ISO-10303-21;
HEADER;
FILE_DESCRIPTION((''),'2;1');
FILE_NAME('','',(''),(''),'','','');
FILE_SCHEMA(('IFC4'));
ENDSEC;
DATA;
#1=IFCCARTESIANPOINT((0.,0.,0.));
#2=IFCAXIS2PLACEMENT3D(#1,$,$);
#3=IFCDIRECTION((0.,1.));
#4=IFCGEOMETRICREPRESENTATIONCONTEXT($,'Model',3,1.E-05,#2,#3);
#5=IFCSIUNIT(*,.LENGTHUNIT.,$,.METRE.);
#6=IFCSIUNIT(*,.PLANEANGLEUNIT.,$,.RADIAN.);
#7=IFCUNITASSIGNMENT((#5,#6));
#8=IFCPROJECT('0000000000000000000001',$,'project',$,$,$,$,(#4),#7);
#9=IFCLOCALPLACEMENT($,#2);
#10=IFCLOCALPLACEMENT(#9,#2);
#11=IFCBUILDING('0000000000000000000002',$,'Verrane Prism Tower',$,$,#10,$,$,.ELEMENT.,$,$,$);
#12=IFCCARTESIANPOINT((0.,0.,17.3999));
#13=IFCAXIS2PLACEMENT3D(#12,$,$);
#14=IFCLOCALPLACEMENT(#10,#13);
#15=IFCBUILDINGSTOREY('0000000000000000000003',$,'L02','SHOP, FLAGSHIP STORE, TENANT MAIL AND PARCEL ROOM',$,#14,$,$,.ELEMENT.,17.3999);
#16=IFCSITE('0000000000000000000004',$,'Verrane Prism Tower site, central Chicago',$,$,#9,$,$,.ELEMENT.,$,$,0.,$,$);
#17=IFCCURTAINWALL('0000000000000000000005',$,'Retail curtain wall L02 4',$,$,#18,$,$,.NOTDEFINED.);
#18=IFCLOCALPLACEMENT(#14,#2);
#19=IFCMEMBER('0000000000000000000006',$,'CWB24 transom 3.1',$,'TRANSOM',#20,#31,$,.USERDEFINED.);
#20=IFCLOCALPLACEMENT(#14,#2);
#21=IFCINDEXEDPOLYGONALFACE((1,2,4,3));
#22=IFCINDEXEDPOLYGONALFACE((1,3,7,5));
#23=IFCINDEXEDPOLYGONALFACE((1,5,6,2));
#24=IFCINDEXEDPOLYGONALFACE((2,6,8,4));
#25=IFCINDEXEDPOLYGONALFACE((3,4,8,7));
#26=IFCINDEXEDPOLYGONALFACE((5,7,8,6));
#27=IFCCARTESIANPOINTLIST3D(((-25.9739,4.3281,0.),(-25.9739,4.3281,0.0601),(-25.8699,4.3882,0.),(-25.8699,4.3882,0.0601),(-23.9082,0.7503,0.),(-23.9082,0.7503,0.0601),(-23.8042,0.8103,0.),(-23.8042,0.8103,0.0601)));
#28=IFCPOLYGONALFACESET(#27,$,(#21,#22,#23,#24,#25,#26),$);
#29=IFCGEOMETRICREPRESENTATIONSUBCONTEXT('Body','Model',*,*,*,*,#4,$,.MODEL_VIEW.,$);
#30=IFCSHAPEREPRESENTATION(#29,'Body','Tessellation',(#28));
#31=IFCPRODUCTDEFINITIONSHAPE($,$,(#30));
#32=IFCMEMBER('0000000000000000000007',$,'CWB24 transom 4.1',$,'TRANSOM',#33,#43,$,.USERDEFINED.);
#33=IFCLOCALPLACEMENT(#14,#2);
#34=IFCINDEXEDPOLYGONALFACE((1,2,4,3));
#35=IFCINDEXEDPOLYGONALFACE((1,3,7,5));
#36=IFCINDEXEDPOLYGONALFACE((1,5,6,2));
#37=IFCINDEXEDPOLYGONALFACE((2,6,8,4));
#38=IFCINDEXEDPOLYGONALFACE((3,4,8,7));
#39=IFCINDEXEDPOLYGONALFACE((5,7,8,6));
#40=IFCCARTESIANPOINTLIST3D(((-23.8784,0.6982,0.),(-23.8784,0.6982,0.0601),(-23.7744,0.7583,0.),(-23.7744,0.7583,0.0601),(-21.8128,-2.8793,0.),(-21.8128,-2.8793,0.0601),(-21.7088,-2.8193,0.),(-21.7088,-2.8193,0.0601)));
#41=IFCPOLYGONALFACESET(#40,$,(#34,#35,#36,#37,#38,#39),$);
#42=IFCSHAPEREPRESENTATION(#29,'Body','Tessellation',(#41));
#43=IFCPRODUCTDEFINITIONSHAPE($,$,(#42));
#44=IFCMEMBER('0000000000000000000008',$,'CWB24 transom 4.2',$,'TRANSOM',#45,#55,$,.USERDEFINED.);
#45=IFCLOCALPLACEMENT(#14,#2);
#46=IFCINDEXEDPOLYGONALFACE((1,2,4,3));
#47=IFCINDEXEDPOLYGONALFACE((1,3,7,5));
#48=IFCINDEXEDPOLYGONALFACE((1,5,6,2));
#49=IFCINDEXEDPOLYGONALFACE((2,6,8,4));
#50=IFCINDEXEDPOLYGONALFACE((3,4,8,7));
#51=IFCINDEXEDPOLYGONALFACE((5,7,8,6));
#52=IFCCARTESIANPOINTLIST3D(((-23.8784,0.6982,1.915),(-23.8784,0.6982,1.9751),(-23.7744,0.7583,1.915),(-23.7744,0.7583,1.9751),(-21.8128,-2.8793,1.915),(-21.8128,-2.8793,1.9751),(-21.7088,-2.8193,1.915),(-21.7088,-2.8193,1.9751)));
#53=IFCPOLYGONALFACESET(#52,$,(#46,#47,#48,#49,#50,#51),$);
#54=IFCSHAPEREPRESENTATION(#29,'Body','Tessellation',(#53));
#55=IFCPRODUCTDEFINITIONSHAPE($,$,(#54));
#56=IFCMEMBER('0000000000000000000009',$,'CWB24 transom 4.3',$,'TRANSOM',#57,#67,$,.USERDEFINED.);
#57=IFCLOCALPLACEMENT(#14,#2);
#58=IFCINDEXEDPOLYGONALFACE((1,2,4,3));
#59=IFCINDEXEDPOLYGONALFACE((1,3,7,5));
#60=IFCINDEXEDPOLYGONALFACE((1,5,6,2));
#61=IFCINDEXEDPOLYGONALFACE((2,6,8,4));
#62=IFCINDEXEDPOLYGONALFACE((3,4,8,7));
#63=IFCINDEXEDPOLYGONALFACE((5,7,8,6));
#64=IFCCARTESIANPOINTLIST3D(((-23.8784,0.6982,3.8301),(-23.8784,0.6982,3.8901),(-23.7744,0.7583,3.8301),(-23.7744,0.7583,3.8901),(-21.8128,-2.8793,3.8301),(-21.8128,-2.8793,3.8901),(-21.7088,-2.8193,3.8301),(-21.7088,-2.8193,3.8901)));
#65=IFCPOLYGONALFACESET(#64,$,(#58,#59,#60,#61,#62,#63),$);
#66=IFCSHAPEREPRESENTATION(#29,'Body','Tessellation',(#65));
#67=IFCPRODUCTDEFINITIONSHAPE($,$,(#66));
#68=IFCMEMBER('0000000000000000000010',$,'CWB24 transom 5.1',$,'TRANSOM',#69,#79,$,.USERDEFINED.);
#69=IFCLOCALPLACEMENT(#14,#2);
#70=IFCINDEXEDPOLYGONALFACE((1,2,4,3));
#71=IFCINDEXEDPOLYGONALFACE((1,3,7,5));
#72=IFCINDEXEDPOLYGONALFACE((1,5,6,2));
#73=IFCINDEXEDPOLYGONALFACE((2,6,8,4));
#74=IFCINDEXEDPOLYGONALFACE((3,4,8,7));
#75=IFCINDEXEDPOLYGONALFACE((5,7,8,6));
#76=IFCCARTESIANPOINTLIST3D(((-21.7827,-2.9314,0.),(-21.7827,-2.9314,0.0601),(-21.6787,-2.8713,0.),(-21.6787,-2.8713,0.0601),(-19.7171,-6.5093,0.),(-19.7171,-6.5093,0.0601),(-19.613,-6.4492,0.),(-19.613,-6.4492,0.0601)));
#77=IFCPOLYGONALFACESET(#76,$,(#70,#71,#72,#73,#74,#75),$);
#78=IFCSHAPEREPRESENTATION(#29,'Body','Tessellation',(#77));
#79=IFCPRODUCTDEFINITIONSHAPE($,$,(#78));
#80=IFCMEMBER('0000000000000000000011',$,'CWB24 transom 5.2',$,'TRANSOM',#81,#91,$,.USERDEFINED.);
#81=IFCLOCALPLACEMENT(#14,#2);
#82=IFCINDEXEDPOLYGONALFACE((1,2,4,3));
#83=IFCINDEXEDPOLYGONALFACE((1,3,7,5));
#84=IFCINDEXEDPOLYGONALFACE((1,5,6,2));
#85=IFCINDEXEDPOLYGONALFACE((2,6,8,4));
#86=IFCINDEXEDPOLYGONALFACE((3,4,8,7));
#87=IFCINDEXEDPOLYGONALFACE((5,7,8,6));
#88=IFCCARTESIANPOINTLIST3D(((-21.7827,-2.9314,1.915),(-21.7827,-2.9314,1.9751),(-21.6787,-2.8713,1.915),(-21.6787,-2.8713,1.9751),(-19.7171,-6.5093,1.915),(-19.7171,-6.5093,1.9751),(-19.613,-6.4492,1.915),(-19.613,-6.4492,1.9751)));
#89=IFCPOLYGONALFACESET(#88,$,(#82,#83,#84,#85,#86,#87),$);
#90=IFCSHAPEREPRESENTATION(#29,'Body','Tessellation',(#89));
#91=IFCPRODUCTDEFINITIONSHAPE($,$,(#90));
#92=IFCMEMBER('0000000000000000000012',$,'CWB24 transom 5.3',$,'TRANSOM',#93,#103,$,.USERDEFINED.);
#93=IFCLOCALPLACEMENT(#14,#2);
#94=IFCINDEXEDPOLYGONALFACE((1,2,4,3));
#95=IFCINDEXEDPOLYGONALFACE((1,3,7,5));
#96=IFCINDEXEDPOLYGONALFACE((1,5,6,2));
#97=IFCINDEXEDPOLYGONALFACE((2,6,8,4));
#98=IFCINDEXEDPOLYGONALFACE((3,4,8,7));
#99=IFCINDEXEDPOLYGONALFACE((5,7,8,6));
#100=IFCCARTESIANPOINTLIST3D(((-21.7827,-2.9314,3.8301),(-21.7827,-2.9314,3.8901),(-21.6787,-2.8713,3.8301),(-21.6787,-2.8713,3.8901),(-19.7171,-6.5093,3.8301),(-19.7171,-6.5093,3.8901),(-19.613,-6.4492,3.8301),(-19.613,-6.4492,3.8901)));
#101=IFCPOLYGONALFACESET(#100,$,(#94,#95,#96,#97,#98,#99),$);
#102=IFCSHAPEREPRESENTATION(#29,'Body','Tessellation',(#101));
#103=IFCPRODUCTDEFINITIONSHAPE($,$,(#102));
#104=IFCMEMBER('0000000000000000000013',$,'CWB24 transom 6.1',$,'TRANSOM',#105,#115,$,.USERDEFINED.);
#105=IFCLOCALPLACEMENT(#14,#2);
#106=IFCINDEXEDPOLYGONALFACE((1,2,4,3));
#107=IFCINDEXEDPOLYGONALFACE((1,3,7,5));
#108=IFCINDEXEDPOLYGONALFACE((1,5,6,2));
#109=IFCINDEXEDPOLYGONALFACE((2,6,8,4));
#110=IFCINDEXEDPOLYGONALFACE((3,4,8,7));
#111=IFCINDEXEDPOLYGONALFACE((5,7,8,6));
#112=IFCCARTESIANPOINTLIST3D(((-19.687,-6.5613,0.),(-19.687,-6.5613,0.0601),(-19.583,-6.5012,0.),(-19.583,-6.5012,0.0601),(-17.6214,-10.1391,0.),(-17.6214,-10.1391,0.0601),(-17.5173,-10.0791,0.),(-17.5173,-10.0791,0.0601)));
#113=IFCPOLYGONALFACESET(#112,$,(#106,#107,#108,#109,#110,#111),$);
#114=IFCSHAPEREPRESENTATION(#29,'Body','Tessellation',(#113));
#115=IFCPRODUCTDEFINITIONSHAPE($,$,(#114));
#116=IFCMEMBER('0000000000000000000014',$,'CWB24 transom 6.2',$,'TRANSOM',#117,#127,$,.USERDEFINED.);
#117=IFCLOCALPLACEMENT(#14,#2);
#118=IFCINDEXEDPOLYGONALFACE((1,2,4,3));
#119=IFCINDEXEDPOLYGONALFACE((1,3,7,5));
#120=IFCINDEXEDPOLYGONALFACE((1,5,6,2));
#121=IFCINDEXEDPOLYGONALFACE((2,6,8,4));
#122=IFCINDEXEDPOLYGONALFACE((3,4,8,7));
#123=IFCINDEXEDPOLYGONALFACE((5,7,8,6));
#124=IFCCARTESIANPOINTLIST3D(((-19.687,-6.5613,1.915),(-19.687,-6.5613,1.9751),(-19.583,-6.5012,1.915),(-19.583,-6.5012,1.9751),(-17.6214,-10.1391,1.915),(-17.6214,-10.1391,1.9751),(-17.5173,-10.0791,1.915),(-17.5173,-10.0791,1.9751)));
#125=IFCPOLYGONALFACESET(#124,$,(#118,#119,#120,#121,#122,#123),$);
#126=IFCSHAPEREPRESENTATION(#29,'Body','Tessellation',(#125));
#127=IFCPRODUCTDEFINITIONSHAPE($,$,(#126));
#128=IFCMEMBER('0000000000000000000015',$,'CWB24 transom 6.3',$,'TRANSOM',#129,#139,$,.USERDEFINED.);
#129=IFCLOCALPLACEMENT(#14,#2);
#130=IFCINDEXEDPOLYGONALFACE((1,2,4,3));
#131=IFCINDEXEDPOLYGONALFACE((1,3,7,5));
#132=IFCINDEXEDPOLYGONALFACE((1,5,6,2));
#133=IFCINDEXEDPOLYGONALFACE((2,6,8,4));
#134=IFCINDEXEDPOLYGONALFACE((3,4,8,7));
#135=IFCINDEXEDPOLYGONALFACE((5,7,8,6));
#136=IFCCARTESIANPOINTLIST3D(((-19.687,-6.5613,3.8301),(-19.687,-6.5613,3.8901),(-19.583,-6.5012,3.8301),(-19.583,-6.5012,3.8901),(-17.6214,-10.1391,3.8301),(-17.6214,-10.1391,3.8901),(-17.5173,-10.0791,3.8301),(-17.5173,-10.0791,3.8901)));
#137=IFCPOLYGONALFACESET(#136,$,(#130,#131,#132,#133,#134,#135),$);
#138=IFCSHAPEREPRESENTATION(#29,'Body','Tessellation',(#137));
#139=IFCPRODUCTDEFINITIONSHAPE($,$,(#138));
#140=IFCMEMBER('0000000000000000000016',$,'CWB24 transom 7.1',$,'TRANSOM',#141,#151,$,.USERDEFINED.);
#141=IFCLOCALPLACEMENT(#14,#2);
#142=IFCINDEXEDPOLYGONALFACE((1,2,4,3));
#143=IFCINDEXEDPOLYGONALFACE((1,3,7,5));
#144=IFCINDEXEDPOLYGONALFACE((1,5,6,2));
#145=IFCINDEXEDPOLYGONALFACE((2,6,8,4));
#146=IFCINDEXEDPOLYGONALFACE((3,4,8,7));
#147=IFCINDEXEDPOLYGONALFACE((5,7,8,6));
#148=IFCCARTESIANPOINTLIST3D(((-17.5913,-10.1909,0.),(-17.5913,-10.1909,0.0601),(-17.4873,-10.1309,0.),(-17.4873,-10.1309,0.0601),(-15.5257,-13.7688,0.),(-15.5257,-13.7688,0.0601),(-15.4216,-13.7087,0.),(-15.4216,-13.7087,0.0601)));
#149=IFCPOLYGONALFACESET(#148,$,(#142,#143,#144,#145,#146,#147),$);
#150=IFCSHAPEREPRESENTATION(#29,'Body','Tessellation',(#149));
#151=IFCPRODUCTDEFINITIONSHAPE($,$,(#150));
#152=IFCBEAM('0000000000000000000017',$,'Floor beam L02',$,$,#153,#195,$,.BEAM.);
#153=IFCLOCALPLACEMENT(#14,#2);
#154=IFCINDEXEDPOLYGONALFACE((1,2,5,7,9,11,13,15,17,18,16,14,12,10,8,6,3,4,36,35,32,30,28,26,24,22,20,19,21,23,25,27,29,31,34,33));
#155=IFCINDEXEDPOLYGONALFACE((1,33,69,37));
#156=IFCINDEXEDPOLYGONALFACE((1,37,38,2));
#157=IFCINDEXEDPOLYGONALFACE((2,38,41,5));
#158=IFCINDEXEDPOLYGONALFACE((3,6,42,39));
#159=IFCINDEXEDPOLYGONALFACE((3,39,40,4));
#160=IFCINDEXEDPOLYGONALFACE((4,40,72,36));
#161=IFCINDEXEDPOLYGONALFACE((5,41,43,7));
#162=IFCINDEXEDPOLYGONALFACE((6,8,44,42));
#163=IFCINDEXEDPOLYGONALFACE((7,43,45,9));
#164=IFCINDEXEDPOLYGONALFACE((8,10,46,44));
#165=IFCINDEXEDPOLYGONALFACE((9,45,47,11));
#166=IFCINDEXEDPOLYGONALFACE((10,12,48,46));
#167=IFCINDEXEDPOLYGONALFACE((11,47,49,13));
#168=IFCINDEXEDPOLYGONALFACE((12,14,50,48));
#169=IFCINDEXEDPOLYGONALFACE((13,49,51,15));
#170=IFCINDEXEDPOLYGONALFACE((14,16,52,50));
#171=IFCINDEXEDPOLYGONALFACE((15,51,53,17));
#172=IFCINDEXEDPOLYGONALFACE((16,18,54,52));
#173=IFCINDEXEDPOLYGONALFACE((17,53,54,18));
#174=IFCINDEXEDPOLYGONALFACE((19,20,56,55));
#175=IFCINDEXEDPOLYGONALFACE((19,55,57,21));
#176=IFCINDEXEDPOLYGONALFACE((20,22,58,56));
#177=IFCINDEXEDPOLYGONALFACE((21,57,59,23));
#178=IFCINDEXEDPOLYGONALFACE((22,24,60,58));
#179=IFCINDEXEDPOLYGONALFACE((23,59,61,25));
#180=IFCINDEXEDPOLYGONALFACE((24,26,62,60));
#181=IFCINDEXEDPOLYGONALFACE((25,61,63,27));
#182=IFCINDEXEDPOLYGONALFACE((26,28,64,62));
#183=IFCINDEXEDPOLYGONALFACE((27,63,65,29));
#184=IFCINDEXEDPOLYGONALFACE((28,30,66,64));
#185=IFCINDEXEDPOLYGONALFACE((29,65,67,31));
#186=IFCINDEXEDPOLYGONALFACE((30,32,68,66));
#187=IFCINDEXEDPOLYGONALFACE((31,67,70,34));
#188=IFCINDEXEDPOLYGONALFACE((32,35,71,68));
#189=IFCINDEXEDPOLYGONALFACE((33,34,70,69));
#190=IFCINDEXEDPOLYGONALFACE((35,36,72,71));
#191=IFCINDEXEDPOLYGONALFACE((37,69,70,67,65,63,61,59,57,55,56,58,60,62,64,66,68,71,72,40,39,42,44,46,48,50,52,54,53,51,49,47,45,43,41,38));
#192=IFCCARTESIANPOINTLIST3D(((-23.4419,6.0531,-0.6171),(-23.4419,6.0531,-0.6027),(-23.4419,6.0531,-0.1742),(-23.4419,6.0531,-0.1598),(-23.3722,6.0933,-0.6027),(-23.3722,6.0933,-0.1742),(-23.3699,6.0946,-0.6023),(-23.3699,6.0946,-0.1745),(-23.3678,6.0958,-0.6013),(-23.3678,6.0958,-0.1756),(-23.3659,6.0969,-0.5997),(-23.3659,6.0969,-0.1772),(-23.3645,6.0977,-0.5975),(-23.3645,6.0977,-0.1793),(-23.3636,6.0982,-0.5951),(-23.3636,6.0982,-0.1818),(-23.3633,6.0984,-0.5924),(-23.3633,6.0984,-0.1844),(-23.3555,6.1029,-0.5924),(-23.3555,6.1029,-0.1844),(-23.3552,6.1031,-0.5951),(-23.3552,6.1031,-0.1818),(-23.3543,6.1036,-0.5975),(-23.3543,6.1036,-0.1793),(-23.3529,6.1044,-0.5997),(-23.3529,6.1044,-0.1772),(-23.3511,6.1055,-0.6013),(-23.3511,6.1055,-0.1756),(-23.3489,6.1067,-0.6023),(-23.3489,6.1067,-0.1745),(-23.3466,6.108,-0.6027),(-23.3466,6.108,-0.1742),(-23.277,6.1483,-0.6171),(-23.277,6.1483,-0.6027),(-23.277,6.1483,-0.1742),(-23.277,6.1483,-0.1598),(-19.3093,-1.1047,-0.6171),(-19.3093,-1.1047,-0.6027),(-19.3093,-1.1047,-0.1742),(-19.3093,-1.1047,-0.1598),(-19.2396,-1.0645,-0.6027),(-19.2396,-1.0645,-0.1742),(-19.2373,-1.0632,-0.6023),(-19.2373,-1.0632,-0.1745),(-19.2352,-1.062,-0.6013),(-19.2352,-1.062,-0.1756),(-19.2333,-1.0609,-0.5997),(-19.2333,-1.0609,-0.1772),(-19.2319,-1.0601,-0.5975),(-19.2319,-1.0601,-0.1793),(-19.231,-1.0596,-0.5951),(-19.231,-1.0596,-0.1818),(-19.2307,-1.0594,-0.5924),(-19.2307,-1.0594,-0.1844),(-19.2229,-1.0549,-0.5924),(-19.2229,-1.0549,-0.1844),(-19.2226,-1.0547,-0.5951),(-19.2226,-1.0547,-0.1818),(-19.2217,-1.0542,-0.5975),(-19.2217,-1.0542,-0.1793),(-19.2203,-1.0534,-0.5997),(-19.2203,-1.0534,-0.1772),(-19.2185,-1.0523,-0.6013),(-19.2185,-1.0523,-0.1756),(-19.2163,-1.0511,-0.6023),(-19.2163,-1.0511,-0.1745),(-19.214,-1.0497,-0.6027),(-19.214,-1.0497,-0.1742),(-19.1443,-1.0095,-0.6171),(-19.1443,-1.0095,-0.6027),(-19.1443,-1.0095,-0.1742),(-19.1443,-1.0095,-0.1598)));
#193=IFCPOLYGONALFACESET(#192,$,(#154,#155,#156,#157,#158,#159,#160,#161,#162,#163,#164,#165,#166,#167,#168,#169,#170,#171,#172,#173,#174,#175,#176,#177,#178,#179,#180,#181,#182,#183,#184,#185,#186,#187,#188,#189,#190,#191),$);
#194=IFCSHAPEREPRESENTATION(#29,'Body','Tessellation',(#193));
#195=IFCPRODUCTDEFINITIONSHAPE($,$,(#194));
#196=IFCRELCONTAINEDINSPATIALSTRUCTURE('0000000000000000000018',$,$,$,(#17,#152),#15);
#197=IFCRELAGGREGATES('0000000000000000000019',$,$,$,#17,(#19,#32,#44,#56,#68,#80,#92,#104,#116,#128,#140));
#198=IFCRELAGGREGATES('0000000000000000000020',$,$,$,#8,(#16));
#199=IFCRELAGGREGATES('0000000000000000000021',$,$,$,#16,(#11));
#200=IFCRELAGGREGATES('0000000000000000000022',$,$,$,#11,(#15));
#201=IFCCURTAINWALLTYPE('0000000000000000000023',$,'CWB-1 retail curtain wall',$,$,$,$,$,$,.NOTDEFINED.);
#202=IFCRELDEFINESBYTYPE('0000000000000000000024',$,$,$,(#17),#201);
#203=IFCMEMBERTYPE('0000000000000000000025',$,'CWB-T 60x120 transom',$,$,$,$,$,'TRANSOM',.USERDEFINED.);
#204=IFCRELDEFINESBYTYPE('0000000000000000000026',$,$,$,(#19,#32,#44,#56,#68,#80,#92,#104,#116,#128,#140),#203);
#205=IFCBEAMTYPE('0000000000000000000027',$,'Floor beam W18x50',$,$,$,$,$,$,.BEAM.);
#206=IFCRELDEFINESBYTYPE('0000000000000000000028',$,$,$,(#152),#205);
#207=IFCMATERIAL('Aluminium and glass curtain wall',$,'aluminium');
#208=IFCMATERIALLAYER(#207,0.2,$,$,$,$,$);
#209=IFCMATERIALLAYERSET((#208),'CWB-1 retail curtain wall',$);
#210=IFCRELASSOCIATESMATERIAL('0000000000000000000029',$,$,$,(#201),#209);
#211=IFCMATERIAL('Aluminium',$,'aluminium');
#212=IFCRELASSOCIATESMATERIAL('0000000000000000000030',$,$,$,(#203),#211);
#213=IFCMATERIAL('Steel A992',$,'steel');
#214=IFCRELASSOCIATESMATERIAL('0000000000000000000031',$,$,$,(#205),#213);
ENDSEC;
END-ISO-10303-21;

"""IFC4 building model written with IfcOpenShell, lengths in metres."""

from ifc_helpers import new_model, si_unit, direction, frame, origin, origin_2d, place, context, subcontext, project, spatial, rectangle, i_section, extrude, material, layer, layer_set, material_profile, profile_set, type_object, element, aggregate, save


model = new_model("IFC4")

# Units and contexts
model_context = context("Model", 3, precision=1e-05, world=origin(), true_north=direction((0.0, 1.0)))
body_context = subcontext(model_context, "Body", "Model", "MODEL_VIEW")
ifc_project = project(units=[si_unit("LENGTHUNIT", "METRE"), si_unit("PLANEANGLEUNIT", "RADIAN")], contexts=[model_context])

# Site, building, storey
site_placement = place(None, origin())
site = spatial("IfcSite", under=ifc_project, at=site_placement, Name="Verrane Prism Tower site, central Chicago", CompositionType="ELEMENT", RefElevation=0.0)
building_placement = place(site_placement, origin())
building = spatial("IfcBuilding", under=site, at=building_placement, Name="Verrane Prism Tower", CompositionType="ELEMENT")
storey_placement = place(building_placement, frame((0.0, 0.0, 17.3999)))
storey = spatial("IfcBuildingStorey", under=building, at=storey_placement, Name="L02", Description="SHOP, FLAGSHIP STORE, TENANT MAIL AND PARCEL ROOM", CompositionType="ELEMENT", Elevation=17.3999)

# Curtain wall, members
ifc_material_1 = material(Name="Aluminium and glass curtain wall", Category="aluminium")
ifc_layer_1 = layer(ifc_material_1, 0.2)
ifc_layer_set_1 = layer_set([ifc_layer_1], Name="CWB-1 retail curtain wall")
curtain_wall_type = type_object("IfcCurtainWallType", Name="CWB-1 retail curtain wall", PredefinedType="NOTDEFINED", material=ifc_layer_set_1)
curtain_wall_placement = place(storey_placement, origin())
curtain_wall = element("IfcCurtainWall", 1, at=curtain_wall_placement, inside=storey, type_object=curtain_wall_type, Name="Retail curtain wall L02 4", PredefinedType="NOTDEFINED")
ifc_material_2 = material(Name="Aluminium", Category="aluminium")
ifc_material_profile_1 = material_profile(ifc_material_2, rectangle(XDim=0.1201, YDim=0.0601, at=origin_2d()), Name="CWB-T 60x120 transom")
ifc_profile_set_1 = profile_set([ifc_material_profile_1], Name="Aluminium")
member_type_1 = type_object("IfcMemberType", Name="CWB-T 60x120 transom", ElementType="TRANSOM", PredefinedType="USERDEFINED", material=ifc_profile_set_1)
member_1_placement = place(storey_placement, frame((-25.9219, 4.3582, 0.03), z_axis=(0.499997, -0.866027, 0.0), x_axis=(0.866027, 0.499997, 0.0)))
member_1 = element("IfcMember", 2, at=member_1_placement, type_object=member_type_1, Name="CWB24 transom 3.1", ObjectType="TRANSOM", PredefinedType="USERDEFINED", context=body_context, shape_type="SweptSolid", body=[
    extrude(rectangle(XDim=0.1201, YDim=0.0601, at=origin_2d()), origin(), (0.0, 0.0, 1.0), 4.1313),
])
member_2_placement = place(storey_placement, frame((-23.8264, 0.7283, 0.03), z_axis=(0.500023, -0.866012, 0.0), x_axis=(0.866012, 0.500023, 0.0)))
member_2 = element("IfcMember", 3, at=member_2_placement, type_object=member_type_1, Name="CWB24 transom 4.1", ObjectType="TRANSOM", PredefinedType="USERDEFINED", context=body_context, shape_type="SweptSolid", body=[
    extrude(rectangle(XDim=0.1201, YDim=0.0601, at=origin_2d()), origin(), (0.0, 0.0, 1.0), 4.1311),
])
member_3_placement = place(storey_placement, frame((-23.8264, 0.7283, 1.9451), z_axis=(0.500023, -0.866012, 0.0), x_axis=(0.866012, 0.500023, 0.0)))
member_3 = element("IfcMember", 4, at=member_3_placement, type_object=member_type_1, Name="CWB24 transom 4.2", ObjectType="TRANSOM", PredefinedType="USERDEFINED", context=body_context, shape_type="SweptSolid", body=[
    extrude(rectangle(XDim=0.1201, YDim=0.0601, at=origin_2d()), origin(), (0.0, 0.0, 1.0), 4.1311),
])
member_4_placement = place(storey_placement, frame((-23.8264, 0.7283, 3.8601), z_axis=(0.500023, -0.866012, 0.0), x_axis=(0.866012, 0.500023, 0.0)))
member_4 = element("IfcMember", 5, at=member_4_placement, type_object=member_type_1, Name="CWB24 transom 4.3", ObjectType="TRANSOM", PredefinedType="USERDEFINED", context=body_context, shape_type="SweptSolid", body=[
    extrude(rectangle(XDim=0.1201, YDim=0.0601, at=origin_2d()), origin(), (0.0, 0.0, 1.0), 4.1311),
])
member_5_placement = place(storey_placement, frame((-21.7307, -2.9014, 0.03), z_axis=(0.499997, -0.866027, 0.0), x_axis=(0.866027, 0.499997, 0.0)))
member_5 = element("IfcMember", 6, at=member_5_placement, type_object=member_type_1, Name="CWB24 transom 5.1", ObjectType="TRANSOM", PredefinedType="USERDEFINED", context=body_context, shape_type="SweptSolid", body=[
    extrude(rectangle(XDim=0.1201, YDim=0.0601, at=origin_2d()), origin(), (0.0, 0.0, 1.0), 4.1313),
])
member_6_placement = place(storey_placement, frame((-21.7307, -2.9014, 1.9451), z_axis=(0.499997, -0.866027, 0.0), x_axis=(0.866027, 0.499997, 0.0)))
member_6 = element("IfcMember", 7, at=member_6_placement, type_object=member_type_1, Name="CWB24 transom 5.2", ObjectType="TRANSOM", PredefinedType="USERDEFINED", context=body_context, shape_type="SweptSolid", body=[
    extrude(rectangle(XDim=0.1201, YDim=0.0601, at=origin_2d()), origin(), (0.0, 0.0, 1.0), 4.1313),
])
member_7_placement = place(storey_placement, frame((-21.7307, -2.9014, 3.8601), z_axis=(0.499997, -0.866027, 0.0), x_axis=(0.866027, 0.499997, 0.0)))
member_7 = element("IfcMember", 8, at=member_7_placement, type_object=member_type_1, Name="CWB24 transom 5.3", ObjectType="TRANSOM", PredefinedType="USERDEFINED", context=body_context, shape_type="SweptSolid", body=[
    extrude(rectangle(XDim=0.1201, YDim=0.0601, at=origin_2d()), origin(), (0.0, 0.0, 1.0), 4.1313),
])
member_8_placement = place(storey_placement, frame((-19.635, -6.5312, 0.03), z_axis=(0.499997, -0.866027, 0.0), x_axis=(0.866027, 0.499997, 0.0)))
member_8 = element("IfcMember", 9, at=member_8_placement, type_object=member_type_1, Name="CWB24 transom 6.1", ObjectType="TRANSOM", PredefinedType="USERDEFINED", context=body_context, shape_type="SweptSolid", body=[
    extrude(rectangle(XDim=0.1201, YDim=0.0601, at=origin_2d()), origin(), (0.0, 0.0, 1.0), 4.1313),
])
member_9_placement = place(storey_placement, frame((-19.635, -6.5312, 1.9451), z_axis=(0.499997, -0.866027, 0.0), x_axis=(0.866027, 0.499997, 0.0)))
member_9 = element("IfcMember", 10, at=member_9_placement, type_object=member_type_1, Name="CWB24 transom 6.2", ObjectType="TRANSOM", PredefinedType="USERDEFINED", context=body_context, shape_type="SweptSolid", body=[
    extrude(rectangle(XDim=0.1201, YDim=0.0601, at=origin_2d()), origin(), (0.0, 0.0, 1.0), 4.1313),
])
member_10_placement = place(storey_placement, frame((-19.635, -6.5312, 3.8601), z_axis=(0.499997, -0.866027, 0.0), x_axis=(0.866027, 0.499997, 0.0)))
member_10 = element("IfcMember", 11, at=member_10_placement, type_object=member_type_1, Name="CWB24 transom 6.3", ObjectType="TRANSOM", PredefinedType="USERDEFINED", context=body_context, shape_type="SweptSolid", body=[
    extrude(rectangle(XDim=0.1201, YDim=0.0601, at=origin_2d()), origin(), (0.0, 0.0, 1.0), 4.1313),
])
member_11_placement = place(storey_placement, frame((-17.5393, -10.1609, 0.03), z_axis=(0.499997, -0.866027, 0.0), x_axis=(0.866027, 0.499997, 0.0)))
member_11 = element("IfcMember", 12, at=member_11_placement, type_object=member_type_1, Name="CWB24 transom 7.1", ObjectType="TRANSOM", PredefinedType="USERDEFINED", context=body_context, shape_type="SweptSolid", body=[
    extrude(rectangle(XDim=0.1201, YDim=0.0601, at=origin_2d()), origin(), (0.0, 0.0, 1.0), 4.1313),
])

# Beam
ifc_material_3 = material(Name="Steel A992", Category="steel")
ifc_material_profile_2 = material_profile(ifc_material_3, i_section(OverallWidth=0.1904, OverallDepth=0.4573, WebThickness=0.009, FlangeThickness=0.0144, FilletRadius=0.0103, at=origin_2d()), Name="W18x50")
ifc_profile_set_2 = profile_set([ifc_material_profile_2], Name="Steel A992")
beam_type_1 = type_object("IfcBeamType", Name="Floor beam W18x50", PredefinedType="BEAM", material=ifc_profile_set_2)
beam_1_placement = place(storey_placement, frame((-19.2268, -1.0571, -0.3884), z_axis=(-0.500005, 0.866022, 0.0), x_axis=(-0.866022, -0.500005, 0.0)))
element("IfcBeam", 13, at=beam_1_placement, inside=storey, type_object=beam_type_1, Name="Floor beam L02", PredefinedType="BEAM", context=body_context, shape_type="SweptSolid", body=[
    extrude(i_section(OverallWidth=0.1904, OverallDepth=0.4573, WebThickness=0.009, FlangeThickness=0.0144, FilletRadius=0.0103, at=origin_2d()), origin(), (0.0, 0.0, 1.0), 8.2651),
])

aggregate(curtain_wall, [member_1, member_2, member_3, member_4, member_5, member_6, member_7, member_8, member_9, member_10, member_11])

save(model, "model.ifc")
